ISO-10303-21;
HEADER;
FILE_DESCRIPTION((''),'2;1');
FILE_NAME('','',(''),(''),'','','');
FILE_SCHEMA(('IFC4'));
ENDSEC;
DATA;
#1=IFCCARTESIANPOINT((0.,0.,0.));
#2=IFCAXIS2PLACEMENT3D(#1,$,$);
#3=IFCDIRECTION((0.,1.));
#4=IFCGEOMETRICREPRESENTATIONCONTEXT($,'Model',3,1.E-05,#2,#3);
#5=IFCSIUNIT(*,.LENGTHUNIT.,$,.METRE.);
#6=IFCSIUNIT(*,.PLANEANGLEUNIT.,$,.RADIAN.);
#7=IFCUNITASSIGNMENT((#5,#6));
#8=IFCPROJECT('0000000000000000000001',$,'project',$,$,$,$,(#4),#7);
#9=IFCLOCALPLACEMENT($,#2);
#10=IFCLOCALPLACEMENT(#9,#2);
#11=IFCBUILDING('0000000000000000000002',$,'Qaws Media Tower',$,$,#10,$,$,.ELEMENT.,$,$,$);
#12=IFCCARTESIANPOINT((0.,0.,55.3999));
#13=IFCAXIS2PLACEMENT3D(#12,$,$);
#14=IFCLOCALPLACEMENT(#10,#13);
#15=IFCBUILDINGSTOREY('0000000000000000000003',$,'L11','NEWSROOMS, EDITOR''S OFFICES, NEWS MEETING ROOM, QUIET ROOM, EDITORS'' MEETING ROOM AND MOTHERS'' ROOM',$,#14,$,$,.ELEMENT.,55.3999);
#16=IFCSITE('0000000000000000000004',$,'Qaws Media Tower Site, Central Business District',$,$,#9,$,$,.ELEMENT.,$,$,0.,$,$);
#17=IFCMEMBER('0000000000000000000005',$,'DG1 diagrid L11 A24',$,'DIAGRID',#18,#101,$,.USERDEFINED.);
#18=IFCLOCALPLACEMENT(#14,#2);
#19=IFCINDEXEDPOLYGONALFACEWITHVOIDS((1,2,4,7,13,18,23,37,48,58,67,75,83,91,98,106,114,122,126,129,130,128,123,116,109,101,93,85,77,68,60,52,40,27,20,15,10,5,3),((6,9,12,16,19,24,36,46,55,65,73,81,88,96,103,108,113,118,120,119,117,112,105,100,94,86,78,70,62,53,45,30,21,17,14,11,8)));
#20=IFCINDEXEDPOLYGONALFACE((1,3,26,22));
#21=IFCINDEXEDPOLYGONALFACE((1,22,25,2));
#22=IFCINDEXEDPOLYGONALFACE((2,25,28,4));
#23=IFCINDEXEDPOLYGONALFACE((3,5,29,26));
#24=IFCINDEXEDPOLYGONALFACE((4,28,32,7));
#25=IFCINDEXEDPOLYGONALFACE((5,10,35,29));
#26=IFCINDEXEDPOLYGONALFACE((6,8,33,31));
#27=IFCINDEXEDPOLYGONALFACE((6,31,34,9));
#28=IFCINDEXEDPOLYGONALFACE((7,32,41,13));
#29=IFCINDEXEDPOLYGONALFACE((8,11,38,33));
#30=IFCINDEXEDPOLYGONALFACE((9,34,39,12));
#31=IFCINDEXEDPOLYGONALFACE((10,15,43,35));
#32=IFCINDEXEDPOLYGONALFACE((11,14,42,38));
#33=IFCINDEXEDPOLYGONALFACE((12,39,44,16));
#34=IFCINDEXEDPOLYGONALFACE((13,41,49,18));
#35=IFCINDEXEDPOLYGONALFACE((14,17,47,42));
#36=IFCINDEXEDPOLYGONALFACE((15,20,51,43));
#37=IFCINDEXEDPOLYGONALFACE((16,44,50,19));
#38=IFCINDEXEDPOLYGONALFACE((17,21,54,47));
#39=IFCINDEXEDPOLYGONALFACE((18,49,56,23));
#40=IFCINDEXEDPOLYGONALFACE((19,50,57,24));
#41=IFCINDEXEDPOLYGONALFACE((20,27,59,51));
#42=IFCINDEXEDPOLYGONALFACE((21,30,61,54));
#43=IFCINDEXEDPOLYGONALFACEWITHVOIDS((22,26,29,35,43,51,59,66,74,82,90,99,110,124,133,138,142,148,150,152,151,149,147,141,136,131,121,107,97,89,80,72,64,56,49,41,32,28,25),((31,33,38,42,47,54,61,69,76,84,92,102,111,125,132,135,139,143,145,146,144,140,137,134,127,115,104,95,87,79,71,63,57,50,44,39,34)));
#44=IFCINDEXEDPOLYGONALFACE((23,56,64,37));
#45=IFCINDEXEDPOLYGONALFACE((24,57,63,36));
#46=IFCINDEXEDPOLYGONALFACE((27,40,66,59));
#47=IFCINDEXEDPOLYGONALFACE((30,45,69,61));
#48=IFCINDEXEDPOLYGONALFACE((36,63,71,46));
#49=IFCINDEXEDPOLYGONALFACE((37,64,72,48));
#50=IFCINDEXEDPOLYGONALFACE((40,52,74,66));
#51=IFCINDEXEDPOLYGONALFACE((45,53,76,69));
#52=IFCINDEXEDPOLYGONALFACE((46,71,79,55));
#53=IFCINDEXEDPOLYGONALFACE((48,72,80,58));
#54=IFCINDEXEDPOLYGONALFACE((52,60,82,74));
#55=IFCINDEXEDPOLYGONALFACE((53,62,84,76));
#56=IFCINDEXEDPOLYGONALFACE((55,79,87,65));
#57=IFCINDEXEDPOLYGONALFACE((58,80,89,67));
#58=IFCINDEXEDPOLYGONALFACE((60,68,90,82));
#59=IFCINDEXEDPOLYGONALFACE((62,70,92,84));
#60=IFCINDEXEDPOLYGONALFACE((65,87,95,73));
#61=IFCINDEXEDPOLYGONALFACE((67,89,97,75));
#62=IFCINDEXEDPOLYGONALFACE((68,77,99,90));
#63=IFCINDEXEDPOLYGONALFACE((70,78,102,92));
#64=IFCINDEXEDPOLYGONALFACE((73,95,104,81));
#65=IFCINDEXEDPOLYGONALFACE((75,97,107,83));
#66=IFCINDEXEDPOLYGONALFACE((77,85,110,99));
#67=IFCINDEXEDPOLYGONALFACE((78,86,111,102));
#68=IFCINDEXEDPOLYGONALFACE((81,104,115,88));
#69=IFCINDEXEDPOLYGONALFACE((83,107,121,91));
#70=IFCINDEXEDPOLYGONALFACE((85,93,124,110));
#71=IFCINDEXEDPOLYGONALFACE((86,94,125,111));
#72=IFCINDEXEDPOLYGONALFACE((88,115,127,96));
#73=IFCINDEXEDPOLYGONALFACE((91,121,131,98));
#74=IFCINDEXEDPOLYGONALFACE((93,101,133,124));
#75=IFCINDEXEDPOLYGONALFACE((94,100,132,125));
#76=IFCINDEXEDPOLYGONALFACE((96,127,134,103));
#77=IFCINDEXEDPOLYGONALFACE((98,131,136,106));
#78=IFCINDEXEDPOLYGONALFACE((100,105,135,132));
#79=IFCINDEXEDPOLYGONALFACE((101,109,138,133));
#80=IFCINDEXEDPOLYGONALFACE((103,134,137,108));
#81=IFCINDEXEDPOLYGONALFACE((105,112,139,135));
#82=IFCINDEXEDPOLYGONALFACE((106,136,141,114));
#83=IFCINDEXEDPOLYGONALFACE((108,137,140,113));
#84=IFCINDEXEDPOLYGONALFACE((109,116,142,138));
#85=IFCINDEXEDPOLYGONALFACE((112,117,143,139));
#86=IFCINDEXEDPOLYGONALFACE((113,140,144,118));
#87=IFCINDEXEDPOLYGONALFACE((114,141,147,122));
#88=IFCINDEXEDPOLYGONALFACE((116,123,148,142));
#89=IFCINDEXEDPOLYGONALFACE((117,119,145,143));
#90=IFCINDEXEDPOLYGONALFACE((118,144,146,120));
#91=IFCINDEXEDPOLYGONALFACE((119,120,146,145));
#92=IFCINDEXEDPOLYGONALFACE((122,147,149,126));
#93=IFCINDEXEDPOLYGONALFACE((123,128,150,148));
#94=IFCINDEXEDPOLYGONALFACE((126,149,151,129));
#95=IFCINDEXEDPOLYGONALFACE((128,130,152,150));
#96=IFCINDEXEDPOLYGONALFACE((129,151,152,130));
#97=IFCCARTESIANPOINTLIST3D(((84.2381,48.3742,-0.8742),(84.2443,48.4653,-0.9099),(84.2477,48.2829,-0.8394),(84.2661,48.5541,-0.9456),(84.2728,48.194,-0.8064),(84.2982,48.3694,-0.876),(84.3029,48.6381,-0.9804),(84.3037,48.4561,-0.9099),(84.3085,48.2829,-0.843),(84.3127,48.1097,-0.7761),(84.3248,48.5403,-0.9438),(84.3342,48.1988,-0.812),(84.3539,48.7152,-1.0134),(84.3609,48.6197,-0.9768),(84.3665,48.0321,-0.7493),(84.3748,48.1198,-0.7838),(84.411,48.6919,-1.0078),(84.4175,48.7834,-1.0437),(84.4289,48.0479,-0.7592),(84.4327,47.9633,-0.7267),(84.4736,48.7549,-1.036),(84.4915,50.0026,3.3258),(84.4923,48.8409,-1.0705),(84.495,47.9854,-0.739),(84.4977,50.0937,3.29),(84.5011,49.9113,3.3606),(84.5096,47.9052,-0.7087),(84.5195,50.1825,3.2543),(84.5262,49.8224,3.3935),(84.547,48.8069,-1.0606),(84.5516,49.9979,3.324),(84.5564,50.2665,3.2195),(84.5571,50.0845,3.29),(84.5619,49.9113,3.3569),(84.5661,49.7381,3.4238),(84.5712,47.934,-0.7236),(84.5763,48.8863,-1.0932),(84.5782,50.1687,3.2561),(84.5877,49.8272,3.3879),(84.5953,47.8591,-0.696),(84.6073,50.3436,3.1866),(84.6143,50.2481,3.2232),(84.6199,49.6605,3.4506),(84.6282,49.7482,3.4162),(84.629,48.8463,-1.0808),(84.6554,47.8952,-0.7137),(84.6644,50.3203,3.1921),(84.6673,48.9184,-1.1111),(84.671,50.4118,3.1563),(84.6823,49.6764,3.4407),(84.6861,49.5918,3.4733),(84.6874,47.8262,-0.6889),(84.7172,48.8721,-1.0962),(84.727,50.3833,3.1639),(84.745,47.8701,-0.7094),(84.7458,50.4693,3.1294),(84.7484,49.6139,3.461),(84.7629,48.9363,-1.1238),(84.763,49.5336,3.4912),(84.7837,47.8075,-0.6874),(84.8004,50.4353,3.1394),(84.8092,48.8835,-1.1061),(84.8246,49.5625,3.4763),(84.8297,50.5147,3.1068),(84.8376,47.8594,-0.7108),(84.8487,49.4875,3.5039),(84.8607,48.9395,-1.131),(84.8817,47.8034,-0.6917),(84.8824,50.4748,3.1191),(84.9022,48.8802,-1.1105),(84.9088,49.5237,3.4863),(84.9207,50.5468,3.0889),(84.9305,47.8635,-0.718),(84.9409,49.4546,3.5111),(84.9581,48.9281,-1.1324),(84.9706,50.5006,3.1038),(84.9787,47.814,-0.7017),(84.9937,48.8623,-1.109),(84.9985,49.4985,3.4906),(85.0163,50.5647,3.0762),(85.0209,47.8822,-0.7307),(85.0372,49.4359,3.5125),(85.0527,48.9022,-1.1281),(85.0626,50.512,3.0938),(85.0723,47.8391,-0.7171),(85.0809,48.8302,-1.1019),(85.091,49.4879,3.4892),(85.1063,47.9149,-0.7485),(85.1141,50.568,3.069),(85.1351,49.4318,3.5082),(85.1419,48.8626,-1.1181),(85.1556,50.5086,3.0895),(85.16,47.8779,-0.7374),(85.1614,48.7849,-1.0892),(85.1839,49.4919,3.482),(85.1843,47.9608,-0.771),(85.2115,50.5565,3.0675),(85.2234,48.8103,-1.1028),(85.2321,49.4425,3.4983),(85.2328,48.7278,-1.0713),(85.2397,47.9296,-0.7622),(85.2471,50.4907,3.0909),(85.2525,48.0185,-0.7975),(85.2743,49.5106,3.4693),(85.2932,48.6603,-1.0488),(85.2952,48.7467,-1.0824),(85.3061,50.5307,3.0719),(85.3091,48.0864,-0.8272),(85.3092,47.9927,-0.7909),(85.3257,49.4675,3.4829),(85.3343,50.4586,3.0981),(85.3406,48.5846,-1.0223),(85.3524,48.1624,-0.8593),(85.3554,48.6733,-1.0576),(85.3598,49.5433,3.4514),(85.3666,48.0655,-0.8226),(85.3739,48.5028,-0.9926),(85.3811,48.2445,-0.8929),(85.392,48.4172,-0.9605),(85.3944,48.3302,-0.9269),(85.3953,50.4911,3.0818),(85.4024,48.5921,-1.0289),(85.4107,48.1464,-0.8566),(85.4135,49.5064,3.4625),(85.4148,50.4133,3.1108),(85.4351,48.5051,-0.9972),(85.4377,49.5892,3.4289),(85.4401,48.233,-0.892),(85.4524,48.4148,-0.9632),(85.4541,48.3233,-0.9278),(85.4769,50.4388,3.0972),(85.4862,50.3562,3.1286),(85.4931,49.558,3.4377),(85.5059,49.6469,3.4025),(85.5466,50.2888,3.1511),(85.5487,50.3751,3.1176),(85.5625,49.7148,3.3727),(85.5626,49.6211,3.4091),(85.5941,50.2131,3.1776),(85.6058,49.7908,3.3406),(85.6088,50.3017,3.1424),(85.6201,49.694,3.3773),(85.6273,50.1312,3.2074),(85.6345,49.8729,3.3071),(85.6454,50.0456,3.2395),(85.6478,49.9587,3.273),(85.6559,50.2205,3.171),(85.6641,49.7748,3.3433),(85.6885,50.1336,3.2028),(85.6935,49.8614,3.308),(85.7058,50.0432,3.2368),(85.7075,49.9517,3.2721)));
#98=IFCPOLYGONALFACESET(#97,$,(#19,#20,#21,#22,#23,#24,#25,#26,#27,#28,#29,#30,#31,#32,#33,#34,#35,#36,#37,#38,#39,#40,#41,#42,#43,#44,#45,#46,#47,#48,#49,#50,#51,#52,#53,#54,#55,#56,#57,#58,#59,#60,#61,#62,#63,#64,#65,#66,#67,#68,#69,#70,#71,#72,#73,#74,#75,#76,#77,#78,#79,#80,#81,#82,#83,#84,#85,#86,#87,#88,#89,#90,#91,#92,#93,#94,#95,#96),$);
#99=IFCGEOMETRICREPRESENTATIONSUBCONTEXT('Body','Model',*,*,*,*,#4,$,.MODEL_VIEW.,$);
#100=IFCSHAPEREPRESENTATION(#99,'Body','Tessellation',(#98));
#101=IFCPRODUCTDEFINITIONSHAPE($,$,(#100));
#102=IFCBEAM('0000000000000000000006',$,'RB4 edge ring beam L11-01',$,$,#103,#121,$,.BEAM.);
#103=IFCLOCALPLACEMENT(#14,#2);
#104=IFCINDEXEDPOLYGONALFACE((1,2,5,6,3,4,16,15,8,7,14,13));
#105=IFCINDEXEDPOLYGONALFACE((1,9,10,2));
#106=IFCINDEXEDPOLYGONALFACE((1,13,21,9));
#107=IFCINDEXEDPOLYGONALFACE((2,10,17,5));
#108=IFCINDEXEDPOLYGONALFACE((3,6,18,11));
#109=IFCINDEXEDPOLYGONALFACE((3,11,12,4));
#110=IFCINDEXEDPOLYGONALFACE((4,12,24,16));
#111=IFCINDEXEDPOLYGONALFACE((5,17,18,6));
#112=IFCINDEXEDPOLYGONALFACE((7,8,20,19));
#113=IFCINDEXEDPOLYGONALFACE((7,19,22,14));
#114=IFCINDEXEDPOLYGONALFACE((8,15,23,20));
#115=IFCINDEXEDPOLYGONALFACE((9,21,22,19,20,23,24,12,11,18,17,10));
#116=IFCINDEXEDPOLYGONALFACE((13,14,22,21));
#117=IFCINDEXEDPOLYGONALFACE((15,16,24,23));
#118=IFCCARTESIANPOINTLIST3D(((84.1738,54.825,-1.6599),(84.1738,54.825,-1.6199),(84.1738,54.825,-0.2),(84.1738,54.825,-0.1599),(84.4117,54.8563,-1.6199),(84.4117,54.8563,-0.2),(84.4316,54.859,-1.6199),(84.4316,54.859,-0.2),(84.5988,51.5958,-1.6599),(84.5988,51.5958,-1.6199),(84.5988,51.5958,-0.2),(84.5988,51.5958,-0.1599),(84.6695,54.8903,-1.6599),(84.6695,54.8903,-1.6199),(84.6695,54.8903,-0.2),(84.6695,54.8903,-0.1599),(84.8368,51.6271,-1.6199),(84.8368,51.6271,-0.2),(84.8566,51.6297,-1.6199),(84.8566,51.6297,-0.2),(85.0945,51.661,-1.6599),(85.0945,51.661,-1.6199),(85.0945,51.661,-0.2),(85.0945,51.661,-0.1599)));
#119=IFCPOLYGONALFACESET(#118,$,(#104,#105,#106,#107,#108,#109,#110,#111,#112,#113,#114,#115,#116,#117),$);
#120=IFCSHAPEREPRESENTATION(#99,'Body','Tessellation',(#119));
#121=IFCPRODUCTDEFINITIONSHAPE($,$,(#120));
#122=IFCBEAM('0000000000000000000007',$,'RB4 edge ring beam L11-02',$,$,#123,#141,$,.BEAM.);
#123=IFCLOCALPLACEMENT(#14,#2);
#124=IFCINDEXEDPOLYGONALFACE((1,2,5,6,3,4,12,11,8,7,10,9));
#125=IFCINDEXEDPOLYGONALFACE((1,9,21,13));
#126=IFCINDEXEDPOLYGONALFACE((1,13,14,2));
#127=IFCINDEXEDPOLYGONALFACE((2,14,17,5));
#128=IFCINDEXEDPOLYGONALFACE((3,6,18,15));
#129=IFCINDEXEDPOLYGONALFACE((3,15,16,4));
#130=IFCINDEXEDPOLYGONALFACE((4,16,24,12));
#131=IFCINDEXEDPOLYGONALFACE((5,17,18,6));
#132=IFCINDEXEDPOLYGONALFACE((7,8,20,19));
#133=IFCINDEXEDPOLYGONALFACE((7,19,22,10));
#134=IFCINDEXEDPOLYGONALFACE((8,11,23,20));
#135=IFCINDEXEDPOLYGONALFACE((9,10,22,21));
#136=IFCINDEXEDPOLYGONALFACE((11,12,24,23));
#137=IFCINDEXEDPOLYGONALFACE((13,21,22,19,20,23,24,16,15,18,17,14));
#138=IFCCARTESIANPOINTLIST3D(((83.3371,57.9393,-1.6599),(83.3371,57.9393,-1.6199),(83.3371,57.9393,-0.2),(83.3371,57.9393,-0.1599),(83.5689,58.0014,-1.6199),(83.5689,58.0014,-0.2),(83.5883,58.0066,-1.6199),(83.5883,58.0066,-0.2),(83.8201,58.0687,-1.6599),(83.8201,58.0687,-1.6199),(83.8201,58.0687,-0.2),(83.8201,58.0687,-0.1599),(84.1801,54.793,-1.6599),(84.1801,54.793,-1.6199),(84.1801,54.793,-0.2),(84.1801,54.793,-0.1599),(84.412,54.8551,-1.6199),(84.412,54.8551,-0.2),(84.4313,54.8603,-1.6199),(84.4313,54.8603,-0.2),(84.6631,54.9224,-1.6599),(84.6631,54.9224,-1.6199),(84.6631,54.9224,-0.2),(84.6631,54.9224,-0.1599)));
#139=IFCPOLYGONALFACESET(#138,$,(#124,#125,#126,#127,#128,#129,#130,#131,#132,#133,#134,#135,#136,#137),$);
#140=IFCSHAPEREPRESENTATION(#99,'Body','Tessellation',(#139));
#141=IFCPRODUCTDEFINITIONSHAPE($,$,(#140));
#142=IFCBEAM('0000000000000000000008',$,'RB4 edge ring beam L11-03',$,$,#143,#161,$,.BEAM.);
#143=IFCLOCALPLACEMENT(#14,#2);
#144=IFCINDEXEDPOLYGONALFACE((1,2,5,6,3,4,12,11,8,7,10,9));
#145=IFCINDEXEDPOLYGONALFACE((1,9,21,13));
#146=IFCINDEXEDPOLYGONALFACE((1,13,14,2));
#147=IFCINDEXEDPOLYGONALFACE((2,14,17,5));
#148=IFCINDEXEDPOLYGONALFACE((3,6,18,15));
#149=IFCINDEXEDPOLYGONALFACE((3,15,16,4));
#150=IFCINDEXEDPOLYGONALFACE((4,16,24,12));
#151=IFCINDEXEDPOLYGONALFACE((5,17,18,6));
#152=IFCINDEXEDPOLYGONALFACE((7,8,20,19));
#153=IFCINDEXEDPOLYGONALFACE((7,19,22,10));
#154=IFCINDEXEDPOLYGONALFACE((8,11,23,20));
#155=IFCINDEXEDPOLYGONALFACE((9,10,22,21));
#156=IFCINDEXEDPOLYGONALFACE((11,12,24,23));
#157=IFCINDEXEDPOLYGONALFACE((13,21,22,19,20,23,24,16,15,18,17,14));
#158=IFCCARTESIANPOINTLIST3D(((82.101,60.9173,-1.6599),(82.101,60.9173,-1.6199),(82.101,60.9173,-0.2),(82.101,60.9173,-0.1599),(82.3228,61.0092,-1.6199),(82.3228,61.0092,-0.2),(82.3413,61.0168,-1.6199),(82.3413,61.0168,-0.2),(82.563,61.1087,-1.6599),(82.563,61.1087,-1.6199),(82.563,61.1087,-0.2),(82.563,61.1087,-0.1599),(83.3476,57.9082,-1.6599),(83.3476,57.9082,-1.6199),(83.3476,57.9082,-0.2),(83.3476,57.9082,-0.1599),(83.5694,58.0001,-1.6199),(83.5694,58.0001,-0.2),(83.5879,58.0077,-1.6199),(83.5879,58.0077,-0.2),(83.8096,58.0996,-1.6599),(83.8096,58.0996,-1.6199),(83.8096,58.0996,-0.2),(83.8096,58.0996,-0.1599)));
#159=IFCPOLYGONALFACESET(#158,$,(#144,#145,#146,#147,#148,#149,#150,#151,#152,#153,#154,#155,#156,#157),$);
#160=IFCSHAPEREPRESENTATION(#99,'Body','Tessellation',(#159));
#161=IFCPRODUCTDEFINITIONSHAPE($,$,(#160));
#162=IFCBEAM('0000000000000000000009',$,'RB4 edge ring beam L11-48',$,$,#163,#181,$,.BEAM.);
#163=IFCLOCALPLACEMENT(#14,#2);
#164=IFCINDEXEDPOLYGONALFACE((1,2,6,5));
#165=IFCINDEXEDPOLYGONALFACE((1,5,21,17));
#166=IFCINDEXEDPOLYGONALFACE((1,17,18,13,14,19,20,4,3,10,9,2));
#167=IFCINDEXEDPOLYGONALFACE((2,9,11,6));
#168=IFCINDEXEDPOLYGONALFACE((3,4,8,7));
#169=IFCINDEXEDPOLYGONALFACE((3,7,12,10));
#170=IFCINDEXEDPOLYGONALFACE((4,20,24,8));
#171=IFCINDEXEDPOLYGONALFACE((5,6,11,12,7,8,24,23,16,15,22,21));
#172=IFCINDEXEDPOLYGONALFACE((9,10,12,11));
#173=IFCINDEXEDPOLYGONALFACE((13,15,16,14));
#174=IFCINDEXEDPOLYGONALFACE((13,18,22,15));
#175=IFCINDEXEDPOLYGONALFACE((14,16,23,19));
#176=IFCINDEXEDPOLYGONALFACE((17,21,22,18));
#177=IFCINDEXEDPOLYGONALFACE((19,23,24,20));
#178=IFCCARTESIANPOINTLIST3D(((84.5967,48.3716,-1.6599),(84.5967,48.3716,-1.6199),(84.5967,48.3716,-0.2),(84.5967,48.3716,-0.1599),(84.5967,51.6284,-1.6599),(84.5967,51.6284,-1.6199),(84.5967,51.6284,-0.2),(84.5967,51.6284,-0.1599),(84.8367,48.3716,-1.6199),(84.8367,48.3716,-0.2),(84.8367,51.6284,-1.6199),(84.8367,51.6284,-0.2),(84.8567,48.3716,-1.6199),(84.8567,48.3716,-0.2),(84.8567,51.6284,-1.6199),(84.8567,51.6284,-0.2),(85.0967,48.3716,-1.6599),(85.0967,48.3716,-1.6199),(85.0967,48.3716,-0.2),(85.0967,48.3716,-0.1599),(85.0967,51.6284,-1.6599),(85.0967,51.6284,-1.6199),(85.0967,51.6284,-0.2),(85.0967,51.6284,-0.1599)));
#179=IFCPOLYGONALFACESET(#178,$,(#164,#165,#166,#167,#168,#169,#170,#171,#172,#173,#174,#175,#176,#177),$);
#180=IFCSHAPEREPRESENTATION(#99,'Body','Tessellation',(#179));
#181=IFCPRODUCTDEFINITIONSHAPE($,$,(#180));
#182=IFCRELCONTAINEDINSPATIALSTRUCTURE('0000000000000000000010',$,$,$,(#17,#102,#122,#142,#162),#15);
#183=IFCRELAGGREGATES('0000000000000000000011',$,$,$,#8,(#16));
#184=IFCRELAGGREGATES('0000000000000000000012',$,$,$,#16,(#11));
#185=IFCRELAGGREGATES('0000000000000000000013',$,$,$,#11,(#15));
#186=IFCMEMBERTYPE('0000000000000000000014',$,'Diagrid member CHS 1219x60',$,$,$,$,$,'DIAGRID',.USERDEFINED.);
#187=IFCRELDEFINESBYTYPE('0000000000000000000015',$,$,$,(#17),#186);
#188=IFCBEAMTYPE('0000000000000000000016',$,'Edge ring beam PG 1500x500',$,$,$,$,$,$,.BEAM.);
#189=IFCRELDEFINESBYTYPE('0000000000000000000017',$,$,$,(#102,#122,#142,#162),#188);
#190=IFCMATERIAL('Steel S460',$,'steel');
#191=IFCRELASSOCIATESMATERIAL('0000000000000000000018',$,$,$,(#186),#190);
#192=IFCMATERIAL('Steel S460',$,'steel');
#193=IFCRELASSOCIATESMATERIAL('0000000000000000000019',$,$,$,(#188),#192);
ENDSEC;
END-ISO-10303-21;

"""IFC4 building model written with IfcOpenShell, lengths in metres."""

from ifc_helpers import new_model, si_unit, direction, frame, origin, origin_2d, place, context, subcontext, project, spatial, hollow_circle, i_section, extrude, material, material_profile, profile_set, type_object, element, save


model = new_model("IFC4")

# Units and contexts
model_context = context("Model", 3, precision=1e-05, world=origin(), true_north=direction((0.0, 1.0)))
body_context = subcontext(model_context, "Body", "Model", "MODEL_VIEW")
ifc_project = project(units=[si_unit("LENGTHUNIT", "METRE"), si_unit("PLANEANGLEUNIT", "RADIAN")], contexts=[model_context])

# Site, building, storey
site_placement = place(None, origin())
site = spatial("IfcSite", under=ifc_project, at=site_placement, Name="Qaws Media Tower Site, Central Business District", CompositionType="ELEMENT", RefElevation=0.0)
building_placement = place(site_placement, origin())
building = spatial("IfcBuilding", under=site, at=building_placement, Name="Qaws Media Tower", CompositionType="ELEMENT")
storey_placement = place(building_placement, frame((0.0, 0.0, 55.3999)))
storey = spatial("IfcBuildingStorey", under=building, at=storey_placement, Name="L11", Description="NEWSROOMS, EDITOR'S OFFICES, NEWS MEETING ROOM, QUIET ROOM, EDITORS' MEETING ROOM AND MOTHERS' ROOM", CompositionType="ELEMENT", Elevation=55.3999)

# Member
ifc_material_1 = material(Name="Steel S460", Category="steel")
ifc_material_profile_1 = material_profile(ifc_material_1, hollow_circle(Radius=0.6096, WallThickness=0.0601, at=origin_2d()), Name="CHS 1219x60")
ifc_profile_set_1 = profile_set([ifc_material_profile_1], Name="Steel S460")
member_type_1 = type_object("IfcMemberType", Name="Diagrid member CHS 1219x60", ElementType="DIAGRID", PredefinedType="USERDEFINED", material=ifc_profile_set_1)
for number, where, z_axis, x_axis, name in (
    (1, (84.8467, 48.3716, -0.9099), (0.056169, 0.360931, 0.930899), (-0.988106, 0.153771, 0.0), "DG1 diagrid L11 A24"),
):
    element("IfcMember", number, at=place(storey_placement, frame(where, z_axis=z_axis, x_axis=x_axis)), inside=storey, type_object=member_type_1, Name=name, ObjectType="DIAGRID", PredefinedType="USERDEFINED", context=body_context, shape_type="SweptSolid", body=[
        extrude(hollow_circle(Radius=0.6096, WallThickness=0.0601, at=origin_2d()), origin(), (0.0, 0.0, 1.0), 4.5117),
    ])

# Beams
ifc_material_2 = material(Name="Steel S460", Category="steel")
ifc_material_profile_2 = material_profile(ifc_material_2, i_section(OverallWidth=0.5, OverallDepth=1.5, WebThickness=0.02, FlangeThickness=0.04, at=origin_2d()), Name="PG 1500x500")
ifc_profile_set_2 = profile_set([ifc_material_profile_2], Name="Steel S460")
beam_type_1 = type_object("IfcBeamType", Name="Edge ring beam PG 1500x500", PredefinedType="BEAM", material=ifc_profile_set_2)
beam_1_placement = place(storey_placement, frame((84.8467, 51.6284, -0.9099), z_axis=(-0.130499, 0.991448, 0.0), x_axis=(-0.991448, -0.130499, 0.0)))
element("IfcBeam", 2, at=beam_1_placement, inside=storey, type_object=beam_type_1, Name="RB4 edge ring beam L11-01", PredefinedType="BEAM", context=body_context, shape_type="SweptSolid", body=[
    extrude(i_section(OverallWidth=0.5, OverallDepth=1.5, WebThickness=0.02, FlangeThickness=0.04, at=origin_2d()), origin(), (0.0, 0.0, 1.0), 3.2571),
])
beam_2_placement = place(storey_placement, frame((84.4216, 54.8577, -0.9099), z_axis=(-0.258815, 0.965927, 0.0), x_axis=(-0.965927, -0.258815, 0.0)))
element("IfcBeam", 3, at=beam_2_placement, inside=storey, type_object=beam_type_1, Name="RB4 edge ring beam L11-02", PredefinedType="BEAM", context=body_context, shape_type="SweptSolid", body=[
    extrude(i_section(OverallWidth=0.5, OverallDepth=1.5, WebThickness=0.02, FlangeThickness=0.04, at=origin_2d()), origin(), (0.0, 0.0, 1.0), 3.2573),
])
beam_3_placement = place(storey_placement, frame((83.5786, 58.0039, -0.9099), z_axis=(-0.382736, 0.923858, 0.0), x_axis=(-0.923858, -0.382736, 0.0)))
element("IfcBeam", 4, at=beam_3_placement, inside=storey, type_object=beam_type_1, Name="RB4 edge ring beam L11-03", PredefinedType="BEAM", context=body_context, shape_type="SweptSolid", body=[
    extrude(i_section(OverallWidth=0.5, OverallDepth=1.5, WebThickness=0.02, FlangeThickness=0.04, at=origin_2d()), origin(), (0.0, 0.0, 1.0), 3.2571),
])
beam_4_placement = place(storey_placement, frame((84.8467, 48.3716, -0.9099), z_axis=(0.0, 1.0, 0.0), x_axis=(-1.0, 0.0, 0.0)))
element("IfcBeam", 5, at=beam_4_placement, inside=storey, type_object=beam_type_1, Name="RB4 edge ring beam L11-48", PredefinedType="BEAM", context=body_context, shape_type="SweptSolid", body=[
    extrude(i_section(OverallWidth=0.5, OverallDepth=1.5, WebThickness=0.02, FlangeThickness=0.04, at=origin_2d()), origin(), (0.0, 0.0, 1.0), 3.2568),
])

save(model, "model.ifc")
